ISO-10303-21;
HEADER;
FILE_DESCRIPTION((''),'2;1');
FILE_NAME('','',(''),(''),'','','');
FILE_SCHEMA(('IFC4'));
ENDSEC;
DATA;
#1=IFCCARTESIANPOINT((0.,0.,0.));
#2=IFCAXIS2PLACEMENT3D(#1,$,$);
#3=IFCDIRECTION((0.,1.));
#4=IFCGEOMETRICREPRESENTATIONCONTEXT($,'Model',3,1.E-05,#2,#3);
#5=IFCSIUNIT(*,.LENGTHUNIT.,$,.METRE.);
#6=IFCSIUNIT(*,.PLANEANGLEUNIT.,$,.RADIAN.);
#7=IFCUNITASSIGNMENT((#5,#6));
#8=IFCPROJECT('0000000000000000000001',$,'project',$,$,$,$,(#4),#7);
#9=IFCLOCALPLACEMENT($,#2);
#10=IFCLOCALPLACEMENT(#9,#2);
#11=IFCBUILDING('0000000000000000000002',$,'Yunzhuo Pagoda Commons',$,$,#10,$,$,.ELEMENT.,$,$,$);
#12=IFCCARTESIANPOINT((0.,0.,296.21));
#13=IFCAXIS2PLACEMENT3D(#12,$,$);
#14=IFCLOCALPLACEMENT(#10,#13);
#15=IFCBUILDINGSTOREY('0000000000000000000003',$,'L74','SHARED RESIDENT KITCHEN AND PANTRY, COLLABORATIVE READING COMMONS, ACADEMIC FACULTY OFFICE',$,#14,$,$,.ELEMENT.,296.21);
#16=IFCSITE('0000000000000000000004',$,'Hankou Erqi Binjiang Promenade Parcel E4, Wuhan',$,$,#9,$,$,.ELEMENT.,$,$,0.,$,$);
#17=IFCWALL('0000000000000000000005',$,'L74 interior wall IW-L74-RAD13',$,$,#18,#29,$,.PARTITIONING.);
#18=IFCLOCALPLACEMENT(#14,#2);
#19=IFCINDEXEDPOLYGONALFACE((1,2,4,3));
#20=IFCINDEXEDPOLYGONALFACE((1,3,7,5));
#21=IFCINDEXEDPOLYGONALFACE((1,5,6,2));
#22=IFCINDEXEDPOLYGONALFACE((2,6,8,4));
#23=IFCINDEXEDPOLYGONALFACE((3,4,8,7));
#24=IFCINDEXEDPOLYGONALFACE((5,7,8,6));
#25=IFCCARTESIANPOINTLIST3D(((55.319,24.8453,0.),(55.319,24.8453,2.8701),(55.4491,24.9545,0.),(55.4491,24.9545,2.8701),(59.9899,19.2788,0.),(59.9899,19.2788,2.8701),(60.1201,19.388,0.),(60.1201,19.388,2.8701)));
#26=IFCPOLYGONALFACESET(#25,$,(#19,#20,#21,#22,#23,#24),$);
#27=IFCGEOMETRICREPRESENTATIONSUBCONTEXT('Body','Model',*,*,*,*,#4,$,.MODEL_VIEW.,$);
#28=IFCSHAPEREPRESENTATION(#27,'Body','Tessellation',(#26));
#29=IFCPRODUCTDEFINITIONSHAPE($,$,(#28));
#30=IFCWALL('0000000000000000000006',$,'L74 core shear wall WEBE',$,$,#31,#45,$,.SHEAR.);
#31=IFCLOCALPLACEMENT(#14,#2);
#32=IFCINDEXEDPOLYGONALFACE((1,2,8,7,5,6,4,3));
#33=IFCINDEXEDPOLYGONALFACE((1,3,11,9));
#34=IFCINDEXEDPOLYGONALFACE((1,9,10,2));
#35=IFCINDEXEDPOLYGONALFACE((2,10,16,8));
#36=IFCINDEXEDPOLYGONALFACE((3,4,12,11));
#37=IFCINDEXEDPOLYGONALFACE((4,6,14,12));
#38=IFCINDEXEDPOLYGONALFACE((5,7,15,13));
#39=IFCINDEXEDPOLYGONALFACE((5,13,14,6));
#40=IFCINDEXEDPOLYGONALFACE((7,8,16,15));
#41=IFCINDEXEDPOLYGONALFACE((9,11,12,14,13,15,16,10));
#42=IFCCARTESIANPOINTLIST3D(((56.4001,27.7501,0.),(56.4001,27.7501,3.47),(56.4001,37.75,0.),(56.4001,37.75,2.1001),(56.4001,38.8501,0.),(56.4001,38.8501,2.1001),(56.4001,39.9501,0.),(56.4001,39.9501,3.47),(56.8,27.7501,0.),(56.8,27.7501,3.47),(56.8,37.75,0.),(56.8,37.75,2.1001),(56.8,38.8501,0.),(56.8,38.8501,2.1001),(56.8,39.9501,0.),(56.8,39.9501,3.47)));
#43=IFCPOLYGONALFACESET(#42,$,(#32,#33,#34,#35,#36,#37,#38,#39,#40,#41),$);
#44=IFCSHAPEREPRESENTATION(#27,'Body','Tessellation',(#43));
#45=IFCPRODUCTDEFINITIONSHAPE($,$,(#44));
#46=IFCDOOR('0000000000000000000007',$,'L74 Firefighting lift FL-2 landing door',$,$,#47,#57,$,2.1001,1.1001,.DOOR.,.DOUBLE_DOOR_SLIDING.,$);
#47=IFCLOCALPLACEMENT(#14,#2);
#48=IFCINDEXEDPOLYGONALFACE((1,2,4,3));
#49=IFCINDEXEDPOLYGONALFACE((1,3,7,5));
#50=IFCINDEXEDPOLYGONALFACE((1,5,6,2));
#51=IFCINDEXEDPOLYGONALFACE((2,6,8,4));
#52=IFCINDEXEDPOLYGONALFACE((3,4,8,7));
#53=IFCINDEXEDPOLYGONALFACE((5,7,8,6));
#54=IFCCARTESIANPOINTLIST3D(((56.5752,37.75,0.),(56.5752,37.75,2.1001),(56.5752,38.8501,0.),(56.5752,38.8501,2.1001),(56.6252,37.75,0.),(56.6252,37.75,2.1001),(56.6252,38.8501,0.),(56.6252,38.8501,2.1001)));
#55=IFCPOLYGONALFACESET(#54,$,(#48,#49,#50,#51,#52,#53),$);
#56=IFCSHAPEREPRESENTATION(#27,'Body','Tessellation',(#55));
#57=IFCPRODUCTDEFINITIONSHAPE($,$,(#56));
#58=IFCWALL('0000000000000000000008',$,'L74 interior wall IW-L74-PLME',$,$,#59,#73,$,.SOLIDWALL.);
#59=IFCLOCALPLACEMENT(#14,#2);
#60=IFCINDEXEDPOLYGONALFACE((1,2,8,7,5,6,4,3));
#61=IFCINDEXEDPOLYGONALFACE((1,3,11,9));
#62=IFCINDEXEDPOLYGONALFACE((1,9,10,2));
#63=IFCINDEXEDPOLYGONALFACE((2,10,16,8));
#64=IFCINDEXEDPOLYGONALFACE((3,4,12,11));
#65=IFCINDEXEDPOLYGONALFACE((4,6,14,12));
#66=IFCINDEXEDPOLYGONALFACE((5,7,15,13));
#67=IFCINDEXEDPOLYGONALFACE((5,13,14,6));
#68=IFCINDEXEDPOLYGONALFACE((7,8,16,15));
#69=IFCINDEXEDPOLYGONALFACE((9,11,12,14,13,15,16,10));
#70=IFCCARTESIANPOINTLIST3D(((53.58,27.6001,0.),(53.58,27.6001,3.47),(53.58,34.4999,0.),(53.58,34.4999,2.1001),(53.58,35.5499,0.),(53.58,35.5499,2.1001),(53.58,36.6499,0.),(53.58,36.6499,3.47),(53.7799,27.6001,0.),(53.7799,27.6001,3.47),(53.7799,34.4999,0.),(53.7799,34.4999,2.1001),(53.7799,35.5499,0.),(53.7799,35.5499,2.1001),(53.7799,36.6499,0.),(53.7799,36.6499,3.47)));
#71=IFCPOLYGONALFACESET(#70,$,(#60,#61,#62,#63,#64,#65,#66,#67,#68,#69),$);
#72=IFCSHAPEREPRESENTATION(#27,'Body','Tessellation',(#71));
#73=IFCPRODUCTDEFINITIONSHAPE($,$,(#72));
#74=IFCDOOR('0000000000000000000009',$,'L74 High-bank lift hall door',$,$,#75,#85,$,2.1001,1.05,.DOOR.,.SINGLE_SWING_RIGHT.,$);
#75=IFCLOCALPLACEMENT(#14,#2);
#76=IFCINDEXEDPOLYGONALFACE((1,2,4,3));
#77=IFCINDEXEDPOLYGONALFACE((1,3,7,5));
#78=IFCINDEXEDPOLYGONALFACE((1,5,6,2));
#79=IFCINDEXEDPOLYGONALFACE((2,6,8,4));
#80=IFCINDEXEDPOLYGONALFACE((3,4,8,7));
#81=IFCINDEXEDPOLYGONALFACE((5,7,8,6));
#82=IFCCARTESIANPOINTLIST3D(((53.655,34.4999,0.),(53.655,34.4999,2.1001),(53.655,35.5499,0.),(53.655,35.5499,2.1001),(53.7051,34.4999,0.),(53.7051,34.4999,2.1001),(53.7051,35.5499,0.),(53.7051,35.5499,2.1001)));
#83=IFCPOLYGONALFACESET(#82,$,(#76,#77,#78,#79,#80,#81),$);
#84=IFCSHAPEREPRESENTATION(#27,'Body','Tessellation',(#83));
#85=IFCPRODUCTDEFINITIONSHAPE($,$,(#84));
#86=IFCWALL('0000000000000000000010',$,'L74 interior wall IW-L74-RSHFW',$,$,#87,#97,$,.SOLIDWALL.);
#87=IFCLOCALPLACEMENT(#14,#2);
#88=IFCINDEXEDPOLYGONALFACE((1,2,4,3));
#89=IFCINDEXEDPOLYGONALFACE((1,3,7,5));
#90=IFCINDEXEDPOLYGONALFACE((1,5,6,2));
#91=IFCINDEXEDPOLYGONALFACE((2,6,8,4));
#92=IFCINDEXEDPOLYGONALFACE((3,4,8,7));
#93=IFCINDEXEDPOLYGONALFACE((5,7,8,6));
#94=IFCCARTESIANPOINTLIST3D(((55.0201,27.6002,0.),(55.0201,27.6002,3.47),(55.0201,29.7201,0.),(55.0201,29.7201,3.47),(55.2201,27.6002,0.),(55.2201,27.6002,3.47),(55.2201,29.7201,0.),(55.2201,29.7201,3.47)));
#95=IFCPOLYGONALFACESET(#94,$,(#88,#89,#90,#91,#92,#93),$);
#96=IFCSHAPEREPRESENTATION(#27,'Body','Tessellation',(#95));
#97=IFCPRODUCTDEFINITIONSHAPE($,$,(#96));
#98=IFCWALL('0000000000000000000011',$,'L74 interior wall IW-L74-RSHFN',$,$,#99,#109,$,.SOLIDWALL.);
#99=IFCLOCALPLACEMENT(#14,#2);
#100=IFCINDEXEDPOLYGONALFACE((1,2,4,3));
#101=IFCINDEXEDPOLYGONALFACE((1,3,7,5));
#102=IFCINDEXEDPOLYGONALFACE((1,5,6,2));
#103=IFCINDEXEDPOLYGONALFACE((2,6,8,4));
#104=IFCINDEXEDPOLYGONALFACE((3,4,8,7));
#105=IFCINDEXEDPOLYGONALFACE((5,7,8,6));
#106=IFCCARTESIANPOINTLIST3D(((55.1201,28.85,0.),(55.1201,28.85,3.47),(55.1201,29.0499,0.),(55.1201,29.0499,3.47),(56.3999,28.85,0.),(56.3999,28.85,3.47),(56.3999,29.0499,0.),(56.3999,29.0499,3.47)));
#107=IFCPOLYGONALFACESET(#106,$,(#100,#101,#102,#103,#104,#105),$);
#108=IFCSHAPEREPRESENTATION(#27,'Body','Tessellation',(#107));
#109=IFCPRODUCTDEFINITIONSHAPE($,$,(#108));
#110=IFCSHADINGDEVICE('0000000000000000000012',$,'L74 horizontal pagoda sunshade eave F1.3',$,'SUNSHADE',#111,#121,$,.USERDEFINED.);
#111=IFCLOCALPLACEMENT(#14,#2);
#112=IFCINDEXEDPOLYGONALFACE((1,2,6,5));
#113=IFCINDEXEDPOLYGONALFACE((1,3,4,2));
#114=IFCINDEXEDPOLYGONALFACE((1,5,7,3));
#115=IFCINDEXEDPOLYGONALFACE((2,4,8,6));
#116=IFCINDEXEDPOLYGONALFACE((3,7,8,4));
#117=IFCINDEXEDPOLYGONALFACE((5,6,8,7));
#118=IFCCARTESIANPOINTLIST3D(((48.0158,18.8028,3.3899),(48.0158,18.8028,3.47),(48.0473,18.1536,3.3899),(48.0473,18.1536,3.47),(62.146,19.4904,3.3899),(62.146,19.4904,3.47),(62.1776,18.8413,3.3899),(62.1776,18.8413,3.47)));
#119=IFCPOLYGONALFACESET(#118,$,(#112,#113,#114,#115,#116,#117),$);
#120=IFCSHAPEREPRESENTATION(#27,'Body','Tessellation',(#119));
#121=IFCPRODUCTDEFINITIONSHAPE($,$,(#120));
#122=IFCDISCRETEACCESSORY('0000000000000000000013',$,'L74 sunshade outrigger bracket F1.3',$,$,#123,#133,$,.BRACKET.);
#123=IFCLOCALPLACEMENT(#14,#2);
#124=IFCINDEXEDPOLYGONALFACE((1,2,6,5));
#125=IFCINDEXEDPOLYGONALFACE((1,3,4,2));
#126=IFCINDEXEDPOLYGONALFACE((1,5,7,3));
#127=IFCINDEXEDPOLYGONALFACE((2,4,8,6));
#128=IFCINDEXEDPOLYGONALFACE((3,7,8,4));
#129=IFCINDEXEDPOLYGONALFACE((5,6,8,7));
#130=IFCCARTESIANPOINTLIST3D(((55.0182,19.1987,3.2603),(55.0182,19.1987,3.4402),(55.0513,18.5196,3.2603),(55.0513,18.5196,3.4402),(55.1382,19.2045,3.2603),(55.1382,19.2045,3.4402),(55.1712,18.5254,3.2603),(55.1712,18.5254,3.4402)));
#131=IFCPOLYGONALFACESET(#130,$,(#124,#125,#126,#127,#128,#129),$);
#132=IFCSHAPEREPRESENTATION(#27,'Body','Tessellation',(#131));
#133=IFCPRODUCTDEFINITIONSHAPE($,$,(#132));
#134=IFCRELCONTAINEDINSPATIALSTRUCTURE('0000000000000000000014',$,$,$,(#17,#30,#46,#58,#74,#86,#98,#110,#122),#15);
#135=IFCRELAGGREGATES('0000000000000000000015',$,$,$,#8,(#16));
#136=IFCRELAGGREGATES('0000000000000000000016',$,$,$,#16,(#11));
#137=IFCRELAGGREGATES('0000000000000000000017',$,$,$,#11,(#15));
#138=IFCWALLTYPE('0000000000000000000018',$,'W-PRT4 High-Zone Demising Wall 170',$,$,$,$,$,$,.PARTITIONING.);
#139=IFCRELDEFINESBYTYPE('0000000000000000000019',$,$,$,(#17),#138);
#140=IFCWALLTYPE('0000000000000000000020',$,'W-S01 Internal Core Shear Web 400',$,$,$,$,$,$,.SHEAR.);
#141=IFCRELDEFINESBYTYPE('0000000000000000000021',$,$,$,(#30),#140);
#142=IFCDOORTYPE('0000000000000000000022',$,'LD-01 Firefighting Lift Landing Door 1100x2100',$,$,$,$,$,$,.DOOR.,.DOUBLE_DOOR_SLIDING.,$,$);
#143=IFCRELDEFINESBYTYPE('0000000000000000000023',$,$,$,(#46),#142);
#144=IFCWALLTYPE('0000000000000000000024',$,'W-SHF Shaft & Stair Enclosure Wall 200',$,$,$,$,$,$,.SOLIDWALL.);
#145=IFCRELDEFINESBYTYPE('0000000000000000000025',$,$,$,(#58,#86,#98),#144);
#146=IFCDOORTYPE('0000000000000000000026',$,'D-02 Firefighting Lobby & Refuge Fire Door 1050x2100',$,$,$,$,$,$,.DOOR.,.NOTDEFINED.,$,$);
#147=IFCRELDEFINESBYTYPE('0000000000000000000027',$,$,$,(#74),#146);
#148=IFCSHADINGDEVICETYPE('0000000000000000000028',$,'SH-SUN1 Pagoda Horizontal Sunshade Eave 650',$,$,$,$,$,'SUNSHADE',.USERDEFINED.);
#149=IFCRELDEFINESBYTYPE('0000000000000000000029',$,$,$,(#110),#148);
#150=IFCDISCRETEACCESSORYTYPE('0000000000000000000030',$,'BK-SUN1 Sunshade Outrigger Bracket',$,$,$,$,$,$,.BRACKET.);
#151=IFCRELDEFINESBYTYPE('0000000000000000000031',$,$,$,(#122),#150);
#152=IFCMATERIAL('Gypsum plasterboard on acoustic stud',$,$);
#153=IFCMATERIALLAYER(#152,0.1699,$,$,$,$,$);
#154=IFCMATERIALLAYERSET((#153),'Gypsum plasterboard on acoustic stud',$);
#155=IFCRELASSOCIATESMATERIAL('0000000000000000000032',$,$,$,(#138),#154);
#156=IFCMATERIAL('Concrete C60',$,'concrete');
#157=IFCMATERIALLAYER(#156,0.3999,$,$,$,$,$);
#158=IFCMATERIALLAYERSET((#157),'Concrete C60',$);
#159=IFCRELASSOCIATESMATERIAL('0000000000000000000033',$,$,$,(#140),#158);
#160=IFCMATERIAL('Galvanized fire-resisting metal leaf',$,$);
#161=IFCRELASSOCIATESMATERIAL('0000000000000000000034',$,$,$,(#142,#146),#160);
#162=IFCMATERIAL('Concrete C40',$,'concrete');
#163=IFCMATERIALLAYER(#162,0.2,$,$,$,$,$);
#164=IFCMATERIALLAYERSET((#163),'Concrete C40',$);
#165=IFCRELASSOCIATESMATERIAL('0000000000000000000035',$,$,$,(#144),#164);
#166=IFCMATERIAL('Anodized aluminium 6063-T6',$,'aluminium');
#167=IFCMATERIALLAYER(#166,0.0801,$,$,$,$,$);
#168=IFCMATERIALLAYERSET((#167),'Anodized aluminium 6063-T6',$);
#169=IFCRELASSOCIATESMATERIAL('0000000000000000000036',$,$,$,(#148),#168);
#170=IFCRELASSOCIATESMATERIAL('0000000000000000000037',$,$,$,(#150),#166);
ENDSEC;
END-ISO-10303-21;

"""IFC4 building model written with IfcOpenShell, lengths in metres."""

from ifc_helpers import new_model, si_unit, direction, frame, frame_2d, origin, origin_with_axes, origin_2d, place, context, subcontext, project, spatial, rectangle, extrude, source, transform, mapped, material, layer, layer_set, type_object, element, fill, save


model = new_model("IFC4")

# Units and contexts
model_context = context("Model", 3, precision=1e-05, world=origin(), true_north=direction((0.0, 1.0)))
body_context = subcontext(model_context, "Body", "Model", "MODEL_VIEW")
ifc_project = project(units=[si_unit("LENGTHUNIT", "METRE"), si_unit("PLANEANGLEUNIT", "RADIAN")], contexts=[model_context])

# Site, building, storey
site_placement = place(None, origin())
site = spatial("IfcSite", under=ifc_project, at=site_placement, Name="Hankou Erqi Binjiang Promenade Parcel E4, Wuhan", CompositionType="ELEMENT", RefElevation=0.0)
building_placement = place(site_placement, origin())
building = spatial("IfcBuilding", under=site, at=building_placement, Name="Yunzhuo Pagoda Commons", CompositionType="ELEMENT")
storey_placement = place(building_placement, frame((0.0, 0.0, 296.21)))
storey = spatial("IfcBuildingStorey", under=building, at=storey_placement, Name="L74", Description="SHARED RESIDENT KITCHEN AND PANTRY, COLLABORATIVE READING COMMONS, ACADEMIC FACULTY OFFICE", CompositionType="ELEMENT", Elevation=296.21)

# Shared definitions
ifc_material_1 = material(Name="Anodized aluminium 6063-T6", Category="aluminium")

# Shared definitions
ifc_material_2 = material(Name="Gypsum plasterboard on acoustic stud")
ifc_material_3 = material(Name="Galvanized fire-resisting metal leaf")

# Wall
ifc_layer_1 = layer(ifc_material_2, 0.1699)
ifc_layer_set_1 = layer_set([ifc_layer_1], Name="Gypsum plasterboard on acoustic stud")
wall_type_1 = type_object("IfcWallType", Name="W-PRT4 High-Zone Demising Wall 170", PredefinedType="PARTITIONING", material=ifc_layer_set_1)
wall_1_placement = place(storey_placement, frame((55.384, 24.8999, 0.0), z_axis=(0.0, 0.0, 1.0), x_axis=(0.642798, -0.766036, 0.0)))
element("IfcWall", 1, at=wall_1_placement, inside=storey, type_object=wall_type_1, Name="L74 interior wall IW-L74-RAD13", PredefinedType="PARTITIONING", context=body_context, shape_type="SweptSolid", body=[
    extrude(rectangle(XDim=7.2666, YDim=0.1699, at=frame_2d((3.6333, 0.0))), origin(), (0.0, 0.0, 1.0), 2.8701),
])

# Walls, openings, doors
ifc_material_4 = material(Name="Concrete C60", Category="concrete")
ifc_layer_2 = layer(ifc_material_4, 0.3999)
ifc_layer_set_2 = layer_set([ifc_layer_2], Name="Concrete C60")
wall_type_2 = type_object("IfcWallType", Name="W-S01 Internal Core Shear Web 400", PredefinedType="SHEAR", material=ifc_layer_set_2)
wall_2_placement = place(storey_placement, frame((56.6001, 27.75, 0.0), z_axis=(0.0, 0.0, 1.0), x_axis=(0.0, 1.0, 0.0)))
wall_2 = element("IfcWall", 2, at=wall_2_placement, inside=storey, type_object=wall_type_2, Name="L74 core shear wall WEBE", PredefinedType="SHEAR", context=body_context, shape_type="SweptSolid", body=[
    extrude(rectangle(XDim=12.2, YDim=0.3999, at=frame_2d((6.1001, 0.0))), origin(), (0.0, 0.0, 1.0), 3.47),
])
opening_1_placement = place(wall_2_placement, frame((10.0, 0.0, 0.0)))
opening_1 = element("IfcOpeningElement", 3, at=opening_1_placement, cuts=wall_2, PredefinedType="OPENING", context=body_context, shape_type="SweptSolid", body=[
    extrude(rectangle(XDim=1.1001, YDim=2.1001, at=frame_2d((0.55, 1.05))), frame((0.0, 0.21, 0.0), z_axis=(0.0, -1.0, 0.0), x_axis=(1.0, 0.0, 0.0)), (0.0, 0.0, 1.0), 0.4199),
])
door_type_1 = type_object("IfcDoorType", Name="LD-01 Firefighting Lift Landing Door 1100x2100", OperationType="DOUBLE_DOOR_SLIDING", PredefinedType="DOOR", material=ifc_material_3)
shared_shape_1 = source(origin(), body_context, "Body", "SweptSolid", [
    extrude(rectangle(XDim=1.1001, YDim=2.1001, at=frame_2d((0.55, 1.05))), frame((0.0, 0.0249, 0.0), z_axis=(0.0, -1.0, 0.0), x_axis=(1.0, 0.0, 0.0)), (0.0, 0.0, 1.0), 0.05),
])
door_1_placement = place(opening_1_placement, origin_with_axes())
door_1 = element("IfcDoor", 4, at=door_1_placement, inside=storey, type_object=door_type_1, Name="L74 Firefighting lift FL-2 landing door", OperationType="DOUBLE_DOOR_SLIDING", OverallHeight=2.1001, OverallWidth=1.1001, PredefinedType="DOOR", context=body_context, shape_type="MappedRepresentation", body=[
    mapped(shared_shape_1, transform((0.0, 0.0, 0.0), scale=1.0)),
])
fill(opening_1, door_1)
ifc_material_5 = material(Name="Concrete C40", Category="concrete")
ifc_layer_3 = layer(ifc_material_5, 0.2)
ifc_layer_set_3 = layer_set([ifc_layer_3], Name="Concrete C40")
wall_type_3 = type_object("IfcWallType", Name="W-SHF Shaft & Stair Enclosure Wall 200", PredefinedType="SOLIDWALL", material=ifc_layer_set_3)
wall_3_placement = place(storey_placement, frame((53.6799, 27.6001, 0.0), z_axis=(0.0, 0.0, 1.0), x_axis=(0.0, 1.0, 0.0)))
wall_3 = element("IfcWall", 5, at=wall_3_placement, inside=storey, type_object=wall_type_3, Name="L74 interior wall IW-L74-PLME", PredefinedType="SOLIDWALL", context=body_context, shape_type="SweptSolid", body=[
    extrude(rectangle(XDim=9.0498, YDim=0.2, at=frame_2d((4.5249, 0.0))), origin(), (0.0, 0.0, 1.0), 3.47),
])
opening_2_placement = place(wall_3_placement, frame((6.8999, 0.0, 0.0)))
opening_2 = element("IfcOpeningElement", 6, at=opening_2_placement, cuts=wall_3, PredefinedType="OPENING", context=body_context, shape_type="SweptSolid", body=[
    extrude(rectangle(XDim=1.05, YDim=2.1001, at=frame_2d((0.5249, 1.05))), frame((0.0, 0.1099, 0.0), z_axis=(0.0, -1.0, 0.0), x_axis=(1.0, 0.0, 0.0)), (0.0, 0.0, 1.0), 0.22),
])
door_type_2 = type_object("IfcDoorType", Name="D-02 Firefighting Lobby & Refuge Fire Door 1050x2100", OperationType="NOTDEFINED", PredefinedType="DOOR", material=ifc_material_3)
shared_shape_2 = source(origin(), body_context, "Body", "SweptSolid", [
    extrude(rectangle(XDim=1.05, YDim=2.1001, at=frame_2d((0.5249, 1.05))), frame((0.0, 0.0249, 0.0), z_axis=(0.0, -1.0, 0.0), x_axis=(1.0, 0.0, 0.0)), (0.0, 0.0, 1.0), 0.05),
])
door_2_placement = place(opening_2_placement, origin_with_axes())
door_2 = element("IfcDoor", 7, at=door_2_placement, inside=storey, type_object=door_type_2, Name="L74 High-bank lift hall door", OperationType="SINGLE_SWING_RIGHT", OverallHeight=2.1001, OverallWidth=1.05, PredefinedType="DOOR", context=body_context, shape_type="MappedRepresentation", body=[
    mapped(shared_shape_2, transform((0.0, 0.0, 0.0), scale=1.0)),
])
fill(opening_2, door_2)

# Walls
wall_4_placement = place(storey_placement, frame((55.1201, 27.6001, 0.0), z_axis=(0.0, 0.0, 1.0), x_axis=(0.0, 1.0, 0.0)))
element("IfcWall", 8, at=wall_4_placement, inside=storey, type_object=wall_type_3, Name="L74 interior wall IW-L74-RSHFW", PredefinedType="SOLIDWALL", context=body_context, shape_type="SweptSolid", body=[
    extrude(rectangle(XDim=2.1199, YDim=0.2, at=frame_2d((1.0601, 0.0))), origin(), (0.0, 0.0, 1.0), 3.47),
])
wall_5_placement = place(storey_placement, frame((55.1201, 28.95, 0.0), z_axis=(0.0, 0.0, 1.0), x_axis=(1.0, 0.0, 0.0)))
element("IfcWall", 9, at=wall_5_placement, inside=storey, type_object=wall_type_3, Name="L74 interior wall IW-L74-RSHFN", PredefinedType="SOLIDWALL", context=body_context, shape_type="SweptSolid", body=[
    extrude(rectangle(XDim=1.2798, YDim=0.2, at=frame_2d((0.6399, 0.0))), origin(), (0.0, 0.0, 1.0), 3.47),
])

# Shading device
ifc_layer_4 = layer(ifc_material_1, 0.0801)
ifc_layer_set_4 = layer_set([ifc_layer_4], Name="Anodized aluminium 6063-T6")
shading_device_type = type_object("IfcShadingDeviceType", Name="SH-SUN1 Pagoda Horizontal Sunshade Eave 650", ElementType="SUNSHADE", PredefinedType="USERDEFINED", material=ifc_layer_set_4)
shared_shape_3 = source(origin(), body_context, "Body", "SweptSolid", [
    extrude(rectangle(XDim=14.147, YDim=0.6499, at=origin_2d()), origin(), (0.0, 0.0, 1.0), 0.0801),
])
shading_device_placement = place(storey_placement, frame((55.0967, 18.822, 3.3899), z_axis=(0.0, 0.0, 1.0), x_axis=(0.998818, 0.048606, 0.0)))
element("IfcShadingDevice", 10, at=shading_device_placement, inside=storey, type_object=shading_device_type, Name="L74 horizontal pagoda sunshade eave F1.3", ObjectType="SUNSHADE", PredefinedType="USERDEFINED", context=body_context, shape_type="MappedRepresentation", body=[
    mapped(shared_shape_3, transform((0.0, 0.0, 0.0), scale=1.0)),
])

# Discrete accessory
discrete_accessory_type = type_object("IfcDiscreteAccessoryType", Name="BK-SUN1 Sunshade Outrigger Bracket", PredefinedType="BRACKET", material=ifc_material_1)
shared_shape_4 = source(origin(), body_context, "Body", "SweptSolid", [
    extrude(rectangle(XDim=0.1201, YDim=0.6799, at=origin_2d()), origin(), (0.0, 0.0, 1.0), 0.1799),
])
discrete_accessory_placement = place(storey_placement, frame((55.0947, 18.8621, 3.2603), z_axis=(0.0, 0.0, 1.0), x_axis=(0.998818, 0.048606, 0.0)))
element("IfcDiscreteAccessory", 11, at=discrete_accessory_placement, inside=storey, type_object=discrete_accessory_type, Name="L74 sunshade outrigger bracket F1.3", PredefinedType="BRACKET", context=body_context, shape_type="MappedRepresentation", body=[
    mapped(shared_shape_4, transform((0.0, 0.0, 0.0), scale=1.0)),
])

save(model, "model.ifc")
